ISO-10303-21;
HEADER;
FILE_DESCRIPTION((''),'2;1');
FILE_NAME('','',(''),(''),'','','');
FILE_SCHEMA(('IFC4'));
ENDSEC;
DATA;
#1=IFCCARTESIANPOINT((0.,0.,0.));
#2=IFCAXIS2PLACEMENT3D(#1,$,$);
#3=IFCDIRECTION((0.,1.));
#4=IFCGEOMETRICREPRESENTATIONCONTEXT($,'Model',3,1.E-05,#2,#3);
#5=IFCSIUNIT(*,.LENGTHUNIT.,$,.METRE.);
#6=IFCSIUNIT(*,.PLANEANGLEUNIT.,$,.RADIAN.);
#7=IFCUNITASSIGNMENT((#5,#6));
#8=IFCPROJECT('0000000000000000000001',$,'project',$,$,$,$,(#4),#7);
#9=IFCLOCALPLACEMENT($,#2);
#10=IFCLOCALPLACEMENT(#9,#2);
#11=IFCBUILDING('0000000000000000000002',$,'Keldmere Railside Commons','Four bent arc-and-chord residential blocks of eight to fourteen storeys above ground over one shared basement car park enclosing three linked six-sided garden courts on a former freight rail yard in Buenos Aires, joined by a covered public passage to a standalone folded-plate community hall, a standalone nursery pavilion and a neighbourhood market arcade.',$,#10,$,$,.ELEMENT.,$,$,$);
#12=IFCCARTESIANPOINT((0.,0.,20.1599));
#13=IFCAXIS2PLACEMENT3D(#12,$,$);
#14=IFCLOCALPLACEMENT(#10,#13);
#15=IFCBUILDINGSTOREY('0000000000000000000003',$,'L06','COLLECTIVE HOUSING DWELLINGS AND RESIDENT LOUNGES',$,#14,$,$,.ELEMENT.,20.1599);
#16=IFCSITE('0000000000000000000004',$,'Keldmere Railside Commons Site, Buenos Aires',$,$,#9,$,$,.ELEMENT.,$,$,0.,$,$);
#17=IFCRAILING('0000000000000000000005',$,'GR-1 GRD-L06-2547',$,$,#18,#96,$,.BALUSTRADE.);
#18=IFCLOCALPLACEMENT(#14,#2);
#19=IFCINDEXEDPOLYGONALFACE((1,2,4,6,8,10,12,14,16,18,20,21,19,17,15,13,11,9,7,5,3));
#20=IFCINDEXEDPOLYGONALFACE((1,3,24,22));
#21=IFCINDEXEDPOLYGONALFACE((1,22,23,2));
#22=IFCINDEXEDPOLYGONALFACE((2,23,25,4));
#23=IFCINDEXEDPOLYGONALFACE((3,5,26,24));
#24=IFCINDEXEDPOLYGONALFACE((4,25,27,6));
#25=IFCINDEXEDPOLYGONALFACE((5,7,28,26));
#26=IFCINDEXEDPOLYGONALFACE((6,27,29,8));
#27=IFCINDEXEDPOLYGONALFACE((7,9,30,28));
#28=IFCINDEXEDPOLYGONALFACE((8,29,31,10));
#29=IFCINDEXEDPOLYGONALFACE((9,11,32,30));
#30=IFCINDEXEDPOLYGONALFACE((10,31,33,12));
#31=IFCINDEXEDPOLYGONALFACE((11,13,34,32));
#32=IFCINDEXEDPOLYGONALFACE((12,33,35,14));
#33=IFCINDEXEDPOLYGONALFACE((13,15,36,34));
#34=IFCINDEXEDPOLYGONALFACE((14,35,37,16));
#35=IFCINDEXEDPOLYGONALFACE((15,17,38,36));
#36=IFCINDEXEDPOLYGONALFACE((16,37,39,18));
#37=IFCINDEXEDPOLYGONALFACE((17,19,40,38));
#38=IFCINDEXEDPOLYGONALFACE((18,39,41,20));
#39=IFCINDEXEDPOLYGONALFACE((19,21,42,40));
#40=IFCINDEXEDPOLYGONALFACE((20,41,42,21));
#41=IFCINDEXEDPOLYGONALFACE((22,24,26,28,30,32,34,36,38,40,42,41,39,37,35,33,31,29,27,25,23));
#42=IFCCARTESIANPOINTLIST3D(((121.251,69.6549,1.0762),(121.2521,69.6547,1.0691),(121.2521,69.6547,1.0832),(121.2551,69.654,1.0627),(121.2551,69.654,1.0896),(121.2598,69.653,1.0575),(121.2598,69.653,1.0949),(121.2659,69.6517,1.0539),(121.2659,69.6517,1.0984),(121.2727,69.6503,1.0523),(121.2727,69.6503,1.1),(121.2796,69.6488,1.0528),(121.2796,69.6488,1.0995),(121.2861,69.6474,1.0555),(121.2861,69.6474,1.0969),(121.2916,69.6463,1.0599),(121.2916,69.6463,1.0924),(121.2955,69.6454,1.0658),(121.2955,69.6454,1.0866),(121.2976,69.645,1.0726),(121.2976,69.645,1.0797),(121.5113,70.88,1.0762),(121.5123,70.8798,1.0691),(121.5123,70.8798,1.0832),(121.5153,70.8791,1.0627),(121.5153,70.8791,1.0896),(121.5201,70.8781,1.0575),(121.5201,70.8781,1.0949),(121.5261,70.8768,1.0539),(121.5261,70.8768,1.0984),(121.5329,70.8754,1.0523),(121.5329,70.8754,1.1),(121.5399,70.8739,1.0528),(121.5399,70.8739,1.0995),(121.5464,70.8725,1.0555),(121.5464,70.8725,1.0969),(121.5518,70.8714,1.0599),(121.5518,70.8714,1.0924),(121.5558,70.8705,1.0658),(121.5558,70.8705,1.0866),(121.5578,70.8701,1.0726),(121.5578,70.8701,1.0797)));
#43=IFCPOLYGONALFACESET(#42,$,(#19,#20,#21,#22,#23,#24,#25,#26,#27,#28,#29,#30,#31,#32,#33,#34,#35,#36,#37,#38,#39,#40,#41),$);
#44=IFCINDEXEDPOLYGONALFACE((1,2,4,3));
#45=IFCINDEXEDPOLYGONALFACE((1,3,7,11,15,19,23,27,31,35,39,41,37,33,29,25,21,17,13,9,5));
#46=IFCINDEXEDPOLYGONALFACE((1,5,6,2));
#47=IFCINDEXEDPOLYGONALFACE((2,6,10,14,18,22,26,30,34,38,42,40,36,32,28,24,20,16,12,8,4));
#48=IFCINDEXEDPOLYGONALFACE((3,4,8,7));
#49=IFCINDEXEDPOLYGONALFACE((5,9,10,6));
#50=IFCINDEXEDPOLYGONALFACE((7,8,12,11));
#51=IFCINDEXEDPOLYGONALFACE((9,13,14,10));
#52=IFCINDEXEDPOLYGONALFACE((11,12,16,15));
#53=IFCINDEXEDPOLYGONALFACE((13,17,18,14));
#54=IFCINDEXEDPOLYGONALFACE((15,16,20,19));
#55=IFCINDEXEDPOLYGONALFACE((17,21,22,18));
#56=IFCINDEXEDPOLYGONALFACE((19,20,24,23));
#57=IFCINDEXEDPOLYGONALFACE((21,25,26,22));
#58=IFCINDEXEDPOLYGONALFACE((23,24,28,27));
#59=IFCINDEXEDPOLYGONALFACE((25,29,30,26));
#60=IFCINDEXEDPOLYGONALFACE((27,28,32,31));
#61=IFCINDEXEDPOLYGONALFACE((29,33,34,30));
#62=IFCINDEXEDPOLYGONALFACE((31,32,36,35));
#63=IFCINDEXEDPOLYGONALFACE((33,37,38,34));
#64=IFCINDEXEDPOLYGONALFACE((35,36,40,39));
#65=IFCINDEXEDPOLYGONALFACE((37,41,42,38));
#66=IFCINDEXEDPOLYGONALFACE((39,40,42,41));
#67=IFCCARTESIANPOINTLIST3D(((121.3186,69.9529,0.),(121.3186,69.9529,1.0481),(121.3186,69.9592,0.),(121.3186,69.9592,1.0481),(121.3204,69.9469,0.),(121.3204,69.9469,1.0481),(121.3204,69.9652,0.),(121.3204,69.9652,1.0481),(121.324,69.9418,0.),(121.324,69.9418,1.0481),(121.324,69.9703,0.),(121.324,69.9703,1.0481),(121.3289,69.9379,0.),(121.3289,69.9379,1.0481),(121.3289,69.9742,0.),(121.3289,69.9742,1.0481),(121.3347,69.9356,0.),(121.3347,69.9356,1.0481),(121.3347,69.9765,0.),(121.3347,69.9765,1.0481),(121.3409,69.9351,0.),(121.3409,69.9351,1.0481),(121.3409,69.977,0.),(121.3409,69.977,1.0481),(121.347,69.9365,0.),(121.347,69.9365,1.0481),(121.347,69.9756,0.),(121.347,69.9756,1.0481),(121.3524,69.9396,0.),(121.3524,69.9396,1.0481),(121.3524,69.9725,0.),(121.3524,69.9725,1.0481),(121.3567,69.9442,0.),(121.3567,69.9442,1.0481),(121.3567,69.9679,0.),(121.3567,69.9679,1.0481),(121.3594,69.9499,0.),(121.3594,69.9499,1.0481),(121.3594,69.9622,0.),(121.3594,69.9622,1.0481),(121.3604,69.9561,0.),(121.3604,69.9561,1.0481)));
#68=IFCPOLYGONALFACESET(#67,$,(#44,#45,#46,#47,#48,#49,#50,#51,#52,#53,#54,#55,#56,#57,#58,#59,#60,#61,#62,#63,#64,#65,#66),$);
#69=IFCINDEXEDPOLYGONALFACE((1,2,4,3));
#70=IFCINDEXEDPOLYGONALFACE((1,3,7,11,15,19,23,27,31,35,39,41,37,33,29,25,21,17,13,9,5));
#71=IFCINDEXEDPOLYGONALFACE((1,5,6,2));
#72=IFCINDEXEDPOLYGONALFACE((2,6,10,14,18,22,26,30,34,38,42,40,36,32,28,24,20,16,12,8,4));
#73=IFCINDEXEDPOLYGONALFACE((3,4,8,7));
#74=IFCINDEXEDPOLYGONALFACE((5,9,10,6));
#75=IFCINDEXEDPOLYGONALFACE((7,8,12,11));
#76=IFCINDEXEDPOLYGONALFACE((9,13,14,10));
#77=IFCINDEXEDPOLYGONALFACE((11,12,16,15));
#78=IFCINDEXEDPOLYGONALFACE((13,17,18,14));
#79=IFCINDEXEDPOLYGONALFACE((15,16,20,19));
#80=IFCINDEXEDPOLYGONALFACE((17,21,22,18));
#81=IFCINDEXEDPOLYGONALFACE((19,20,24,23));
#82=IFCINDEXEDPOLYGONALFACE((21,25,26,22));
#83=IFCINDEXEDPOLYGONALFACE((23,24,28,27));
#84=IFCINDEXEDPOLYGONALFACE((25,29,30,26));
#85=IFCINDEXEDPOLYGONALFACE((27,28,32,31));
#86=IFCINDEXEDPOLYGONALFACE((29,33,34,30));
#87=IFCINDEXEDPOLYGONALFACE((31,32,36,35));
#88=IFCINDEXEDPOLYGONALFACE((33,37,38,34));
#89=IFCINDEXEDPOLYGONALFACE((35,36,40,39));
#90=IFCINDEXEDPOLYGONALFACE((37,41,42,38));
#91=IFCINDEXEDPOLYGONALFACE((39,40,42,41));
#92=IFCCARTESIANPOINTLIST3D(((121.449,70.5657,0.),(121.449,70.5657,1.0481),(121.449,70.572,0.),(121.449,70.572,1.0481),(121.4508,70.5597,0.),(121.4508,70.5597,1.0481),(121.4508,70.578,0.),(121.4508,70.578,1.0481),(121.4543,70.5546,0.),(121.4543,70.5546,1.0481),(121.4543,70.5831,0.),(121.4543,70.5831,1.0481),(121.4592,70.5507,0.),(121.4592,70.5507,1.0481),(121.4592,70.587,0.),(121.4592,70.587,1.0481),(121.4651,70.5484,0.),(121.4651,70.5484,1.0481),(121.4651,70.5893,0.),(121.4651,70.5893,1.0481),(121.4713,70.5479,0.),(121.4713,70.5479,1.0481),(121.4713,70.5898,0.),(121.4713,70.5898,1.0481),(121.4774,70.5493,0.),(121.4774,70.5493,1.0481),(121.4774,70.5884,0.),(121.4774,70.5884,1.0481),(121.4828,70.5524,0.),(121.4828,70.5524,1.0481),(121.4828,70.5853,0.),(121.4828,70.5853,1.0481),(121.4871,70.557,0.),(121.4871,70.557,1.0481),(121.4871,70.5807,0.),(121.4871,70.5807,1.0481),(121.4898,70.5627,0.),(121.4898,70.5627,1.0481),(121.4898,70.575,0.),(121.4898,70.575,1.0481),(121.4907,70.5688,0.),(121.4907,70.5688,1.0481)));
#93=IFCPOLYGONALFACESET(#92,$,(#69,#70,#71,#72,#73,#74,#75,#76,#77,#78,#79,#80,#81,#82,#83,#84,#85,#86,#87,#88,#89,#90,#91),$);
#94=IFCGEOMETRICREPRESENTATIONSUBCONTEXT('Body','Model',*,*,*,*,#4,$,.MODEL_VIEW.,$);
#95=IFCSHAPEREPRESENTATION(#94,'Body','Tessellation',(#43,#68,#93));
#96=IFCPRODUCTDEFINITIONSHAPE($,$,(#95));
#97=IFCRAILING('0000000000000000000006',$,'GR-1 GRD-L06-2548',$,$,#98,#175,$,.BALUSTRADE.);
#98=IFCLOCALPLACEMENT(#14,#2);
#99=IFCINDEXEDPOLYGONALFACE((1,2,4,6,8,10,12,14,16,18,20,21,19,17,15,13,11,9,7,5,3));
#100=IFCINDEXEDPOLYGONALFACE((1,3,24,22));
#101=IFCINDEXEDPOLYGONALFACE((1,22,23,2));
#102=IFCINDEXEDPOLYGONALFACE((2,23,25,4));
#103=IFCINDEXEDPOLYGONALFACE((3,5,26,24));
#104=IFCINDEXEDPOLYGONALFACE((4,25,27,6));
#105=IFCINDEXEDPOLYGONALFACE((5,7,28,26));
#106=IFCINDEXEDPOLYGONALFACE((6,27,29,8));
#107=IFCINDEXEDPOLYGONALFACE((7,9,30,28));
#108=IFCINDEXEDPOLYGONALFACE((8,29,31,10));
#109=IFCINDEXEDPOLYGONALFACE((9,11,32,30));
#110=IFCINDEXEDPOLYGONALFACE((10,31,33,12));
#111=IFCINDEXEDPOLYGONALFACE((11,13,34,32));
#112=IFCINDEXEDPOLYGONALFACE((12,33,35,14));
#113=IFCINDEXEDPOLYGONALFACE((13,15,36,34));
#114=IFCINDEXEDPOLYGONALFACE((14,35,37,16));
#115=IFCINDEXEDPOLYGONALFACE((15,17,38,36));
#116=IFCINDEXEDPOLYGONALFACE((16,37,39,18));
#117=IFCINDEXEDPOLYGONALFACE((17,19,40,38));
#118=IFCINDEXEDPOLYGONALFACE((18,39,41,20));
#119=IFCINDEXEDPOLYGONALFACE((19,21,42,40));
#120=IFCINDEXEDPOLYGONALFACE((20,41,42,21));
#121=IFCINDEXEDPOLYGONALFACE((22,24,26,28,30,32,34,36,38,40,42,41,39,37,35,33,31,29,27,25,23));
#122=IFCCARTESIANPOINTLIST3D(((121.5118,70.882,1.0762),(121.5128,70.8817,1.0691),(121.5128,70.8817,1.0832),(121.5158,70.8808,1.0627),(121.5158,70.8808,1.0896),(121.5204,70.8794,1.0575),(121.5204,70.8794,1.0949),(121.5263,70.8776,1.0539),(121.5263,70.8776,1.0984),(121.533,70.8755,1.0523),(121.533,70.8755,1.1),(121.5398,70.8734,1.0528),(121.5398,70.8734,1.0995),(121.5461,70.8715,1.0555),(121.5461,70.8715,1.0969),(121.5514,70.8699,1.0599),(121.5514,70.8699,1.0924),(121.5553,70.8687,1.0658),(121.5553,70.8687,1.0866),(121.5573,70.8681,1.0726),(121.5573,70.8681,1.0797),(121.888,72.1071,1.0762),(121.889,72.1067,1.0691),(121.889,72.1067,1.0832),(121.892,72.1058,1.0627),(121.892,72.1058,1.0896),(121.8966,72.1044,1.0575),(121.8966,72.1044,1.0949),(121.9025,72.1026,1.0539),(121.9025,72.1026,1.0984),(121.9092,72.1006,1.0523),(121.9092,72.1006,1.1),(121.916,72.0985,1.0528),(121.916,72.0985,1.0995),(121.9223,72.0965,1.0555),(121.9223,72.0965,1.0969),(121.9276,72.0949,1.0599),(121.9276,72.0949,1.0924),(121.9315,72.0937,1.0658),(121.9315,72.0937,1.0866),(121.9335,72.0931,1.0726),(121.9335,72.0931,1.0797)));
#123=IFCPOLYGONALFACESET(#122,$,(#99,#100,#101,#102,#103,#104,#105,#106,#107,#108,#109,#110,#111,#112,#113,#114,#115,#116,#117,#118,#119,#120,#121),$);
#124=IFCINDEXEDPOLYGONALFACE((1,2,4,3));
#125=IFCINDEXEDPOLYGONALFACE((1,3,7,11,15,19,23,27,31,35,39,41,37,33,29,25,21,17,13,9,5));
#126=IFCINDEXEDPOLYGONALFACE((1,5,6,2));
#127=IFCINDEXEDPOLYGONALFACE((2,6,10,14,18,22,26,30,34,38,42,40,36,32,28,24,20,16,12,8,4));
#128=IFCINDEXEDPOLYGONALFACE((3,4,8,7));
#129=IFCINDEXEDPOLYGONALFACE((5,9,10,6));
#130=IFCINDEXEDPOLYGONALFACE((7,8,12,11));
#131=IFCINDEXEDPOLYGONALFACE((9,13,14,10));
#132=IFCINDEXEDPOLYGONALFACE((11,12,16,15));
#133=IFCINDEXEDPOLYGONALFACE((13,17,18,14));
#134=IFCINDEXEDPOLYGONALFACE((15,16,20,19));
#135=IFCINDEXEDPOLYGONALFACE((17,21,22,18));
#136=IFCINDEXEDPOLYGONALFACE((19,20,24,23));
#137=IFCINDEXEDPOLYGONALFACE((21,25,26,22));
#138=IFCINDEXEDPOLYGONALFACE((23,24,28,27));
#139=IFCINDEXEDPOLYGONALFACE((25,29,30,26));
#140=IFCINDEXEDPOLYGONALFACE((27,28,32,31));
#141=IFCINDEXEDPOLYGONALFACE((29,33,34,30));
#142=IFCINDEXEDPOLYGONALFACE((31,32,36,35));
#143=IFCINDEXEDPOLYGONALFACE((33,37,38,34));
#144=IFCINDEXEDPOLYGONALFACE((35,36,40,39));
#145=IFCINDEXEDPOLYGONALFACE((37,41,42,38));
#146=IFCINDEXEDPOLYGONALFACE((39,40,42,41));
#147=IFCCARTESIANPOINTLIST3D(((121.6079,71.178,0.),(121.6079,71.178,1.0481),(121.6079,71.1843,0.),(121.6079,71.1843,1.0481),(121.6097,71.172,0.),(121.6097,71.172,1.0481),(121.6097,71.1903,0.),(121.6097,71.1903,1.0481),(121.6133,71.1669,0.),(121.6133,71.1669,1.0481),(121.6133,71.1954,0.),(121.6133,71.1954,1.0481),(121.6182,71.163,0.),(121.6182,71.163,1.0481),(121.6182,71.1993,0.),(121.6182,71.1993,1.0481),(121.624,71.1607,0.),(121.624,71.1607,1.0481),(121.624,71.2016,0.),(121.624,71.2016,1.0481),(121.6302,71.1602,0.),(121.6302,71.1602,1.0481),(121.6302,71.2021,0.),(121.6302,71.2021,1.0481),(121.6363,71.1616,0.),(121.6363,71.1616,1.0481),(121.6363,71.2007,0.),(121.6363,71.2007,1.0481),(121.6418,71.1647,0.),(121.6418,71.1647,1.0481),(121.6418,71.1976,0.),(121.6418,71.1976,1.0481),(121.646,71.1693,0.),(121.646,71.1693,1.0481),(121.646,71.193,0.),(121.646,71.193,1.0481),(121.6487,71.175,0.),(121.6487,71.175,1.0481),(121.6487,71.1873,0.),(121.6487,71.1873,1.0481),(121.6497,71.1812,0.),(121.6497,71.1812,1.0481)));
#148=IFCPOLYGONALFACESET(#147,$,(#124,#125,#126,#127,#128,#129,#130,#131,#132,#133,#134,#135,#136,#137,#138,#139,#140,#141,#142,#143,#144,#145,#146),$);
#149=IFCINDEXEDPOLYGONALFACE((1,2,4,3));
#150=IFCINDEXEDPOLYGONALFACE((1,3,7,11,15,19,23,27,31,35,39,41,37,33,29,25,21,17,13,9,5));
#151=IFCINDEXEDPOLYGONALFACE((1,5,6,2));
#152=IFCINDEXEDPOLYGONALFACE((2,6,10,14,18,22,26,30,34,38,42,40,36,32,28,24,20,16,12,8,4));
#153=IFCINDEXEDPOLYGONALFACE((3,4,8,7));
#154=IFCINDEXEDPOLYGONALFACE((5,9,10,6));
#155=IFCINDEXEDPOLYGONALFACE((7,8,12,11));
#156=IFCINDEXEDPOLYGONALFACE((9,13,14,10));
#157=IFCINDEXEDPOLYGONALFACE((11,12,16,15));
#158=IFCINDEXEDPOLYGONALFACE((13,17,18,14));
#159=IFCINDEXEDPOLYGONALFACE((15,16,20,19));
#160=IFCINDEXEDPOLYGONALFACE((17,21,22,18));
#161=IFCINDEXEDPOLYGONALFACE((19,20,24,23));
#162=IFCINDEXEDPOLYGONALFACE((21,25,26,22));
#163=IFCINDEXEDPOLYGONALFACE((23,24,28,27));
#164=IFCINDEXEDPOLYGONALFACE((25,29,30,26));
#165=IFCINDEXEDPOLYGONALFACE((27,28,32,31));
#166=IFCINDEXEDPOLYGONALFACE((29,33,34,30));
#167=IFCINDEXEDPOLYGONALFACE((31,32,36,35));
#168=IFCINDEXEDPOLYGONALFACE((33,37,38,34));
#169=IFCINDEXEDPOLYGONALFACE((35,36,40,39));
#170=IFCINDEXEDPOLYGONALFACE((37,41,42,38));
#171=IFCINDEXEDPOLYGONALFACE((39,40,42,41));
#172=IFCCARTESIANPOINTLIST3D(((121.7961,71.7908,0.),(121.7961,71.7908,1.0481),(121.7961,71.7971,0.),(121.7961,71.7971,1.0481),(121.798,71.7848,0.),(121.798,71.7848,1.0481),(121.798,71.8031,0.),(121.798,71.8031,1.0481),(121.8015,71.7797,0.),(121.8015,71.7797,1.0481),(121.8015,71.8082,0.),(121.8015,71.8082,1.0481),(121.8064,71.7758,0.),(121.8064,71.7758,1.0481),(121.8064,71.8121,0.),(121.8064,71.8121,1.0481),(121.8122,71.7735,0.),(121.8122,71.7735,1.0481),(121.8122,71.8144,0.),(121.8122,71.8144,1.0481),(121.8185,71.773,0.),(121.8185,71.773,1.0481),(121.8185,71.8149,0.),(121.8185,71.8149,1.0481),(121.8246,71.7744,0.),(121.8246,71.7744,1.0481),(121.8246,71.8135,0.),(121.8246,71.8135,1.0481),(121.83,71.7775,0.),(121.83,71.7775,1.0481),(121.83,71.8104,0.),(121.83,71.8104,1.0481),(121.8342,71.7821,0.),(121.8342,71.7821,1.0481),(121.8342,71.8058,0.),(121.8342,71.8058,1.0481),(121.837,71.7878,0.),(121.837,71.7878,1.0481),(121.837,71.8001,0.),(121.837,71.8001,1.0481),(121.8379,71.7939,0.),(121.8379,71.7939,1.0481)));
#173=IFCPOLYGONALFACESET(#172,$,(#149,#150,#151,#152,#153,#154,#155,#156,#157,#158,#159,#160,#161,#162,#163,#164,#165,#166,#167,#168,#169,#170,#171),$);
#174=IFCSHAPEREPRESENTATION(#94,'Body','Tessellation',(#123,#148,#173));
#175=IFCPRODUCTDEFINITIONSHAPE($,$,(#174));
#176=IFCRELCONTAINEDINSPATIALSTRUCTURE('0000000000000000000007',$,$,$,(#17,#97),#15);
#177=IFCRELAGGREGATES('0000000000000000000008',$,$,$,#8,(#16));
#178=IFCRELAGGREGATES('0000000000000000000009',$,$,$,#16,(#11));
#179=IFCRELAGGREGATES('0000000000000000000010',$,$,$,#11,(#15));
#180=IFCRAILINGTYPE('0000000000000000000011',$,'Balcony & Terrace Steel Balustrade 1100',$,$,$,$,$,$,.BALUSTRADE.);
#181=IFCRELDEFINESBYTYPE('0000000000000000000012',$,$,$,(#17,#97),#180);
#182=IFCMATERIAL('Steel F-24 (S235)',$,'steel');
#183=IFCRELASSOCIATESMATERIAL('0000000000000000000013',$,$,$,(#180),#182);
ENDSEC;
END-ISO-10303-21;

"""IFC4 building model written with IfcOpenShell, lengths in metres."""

from ifc_helpers import new_model, si_unit, direction, frame, origin, origin_2d, place, context, subcontext, project, spatial, circle, extrude, material, type_object, element, save


model = new_model("IFC4")

# Units and contexts
model_context = context("Model", 3, precision=1e-05, world=origin(), true_north=direction((0.0, 1.0)))
body_context = subcontext(model_context, "Body", "Model", "MODEL_VIEW")
ifc_project = project(units=[si_unit("LENGTHUNIT", "METRE"), si_unit("PLANEANGLEUNIT", "RADIAN")], contexts=[model_context])

# Site, building, storey
site_placement = place(None, origin())
site = spatial("IfcSite", under=ifc_project, at=site_placement, Name="Keldmere Railside Commons Site, Buenos Aires", CompositionType="ELEMENT", RefElevation=0.0)
building_placement = place(site_placement, origin())
building = spatial("IfcBuilding", under=site, at=building_placement, Name="Keldmere Railside Commons", Description="Four bent arc-and-chord residential blocks of eight to fourteen storeys above ground over one shared basement car park enclosing three linked six-sided garden courts on a former freight rail yard in Buenos Aires, joined by a covered public passage to a standalone folded-plate community hall, a standalone nursery pavilion and a neighbourhood market arcade.", CompositionType="ELEMENT")
storey_placement = place(building_placement, frame((0.0, 0.0, 20.1599)))
storey = spatial("IfcBuildingStorey", under=building, at=storey_placement, Name="L06", Description="COLLECTIVE HOUSING DWELLINGS AND RESIDENT LOUNGES", CompositionType="ELEMENT", Elevation=20.1599)

# Railings
ifc_material_1 = material(Name="Steel F-24 (S235)", Category="steel")
railing_type_1 = type_object("IfcRailingType", Name="Balcony & Terrace Steel Balustrade 1100", PredefinedType="BALUSTRADE", material=ifc_material_1)
railing_1_placement = place(storey_placement, frame((121.2744, 69.6499, 0.0)))
element("IfcRailing", 1, at=railing_1_placement, inside=storey, type_object=railing_type_1, Name="GR-1 GRD-L06-2547", PredefinedType="BALUSTRADE", context=body_context, shape_type="SweptSolid", body=[
    extrude(circle(Radius=0.0239, at=origin_2d()), frame((0.0, 0.0, 1.0762), z_axis=(0.207798, 0.978172, 0.0), x_axis=(-0.978172, 0.207798, 0.0)), (0.0, 0.0, 1.0), 1.2524),
    extrude(circle(Radius=0.021, at=origin_2d()), frame((0.0649, 0.3062, 0.0)), (0.0, 0.0, 1.0), 1.0481),
    extrude(circle(Radius=0.021, at=origin_2d()), frame((0.1953, 0.9189, 0.0)), (0.0, 0.0, 1.0), 1.0481),
])
railing_2_placement = place(storey_placement, frame((121.5347, 70.875, 0.0)))
element("IfcRailing", 2, at=railing_2_placement, inside=storey, type_object=railing_type_1, Name="GR-1 GRD-L06-2548", PredefinedType="BALUSTRADE", context=body_context, shape_type="SweptSolid", body=[
    extrude(circle(Radius=0.0239, at=origin_2d()), frame((0.0, 0.0, 1.0762), z_axis=(0.293564, 0.95594, 0.0), x_axis=(-0.95594, 0.293564, 0.0)), (0.0, 0.0, 1.0), 1.2815),
    extrude(circle(Radius=0.021, at=origin_2d()), frame((0.094, 0.3062, 0.0)), (0.0, 0.0, 1.0), 1.0481),
    extrude(circle(Radius=0.021, at=origin_2d()), frame((0.2822, 0.9189, 0.0)), (0.0, 0.0, 1.0), 1.0481),
])

save(model, "model.ifc")
